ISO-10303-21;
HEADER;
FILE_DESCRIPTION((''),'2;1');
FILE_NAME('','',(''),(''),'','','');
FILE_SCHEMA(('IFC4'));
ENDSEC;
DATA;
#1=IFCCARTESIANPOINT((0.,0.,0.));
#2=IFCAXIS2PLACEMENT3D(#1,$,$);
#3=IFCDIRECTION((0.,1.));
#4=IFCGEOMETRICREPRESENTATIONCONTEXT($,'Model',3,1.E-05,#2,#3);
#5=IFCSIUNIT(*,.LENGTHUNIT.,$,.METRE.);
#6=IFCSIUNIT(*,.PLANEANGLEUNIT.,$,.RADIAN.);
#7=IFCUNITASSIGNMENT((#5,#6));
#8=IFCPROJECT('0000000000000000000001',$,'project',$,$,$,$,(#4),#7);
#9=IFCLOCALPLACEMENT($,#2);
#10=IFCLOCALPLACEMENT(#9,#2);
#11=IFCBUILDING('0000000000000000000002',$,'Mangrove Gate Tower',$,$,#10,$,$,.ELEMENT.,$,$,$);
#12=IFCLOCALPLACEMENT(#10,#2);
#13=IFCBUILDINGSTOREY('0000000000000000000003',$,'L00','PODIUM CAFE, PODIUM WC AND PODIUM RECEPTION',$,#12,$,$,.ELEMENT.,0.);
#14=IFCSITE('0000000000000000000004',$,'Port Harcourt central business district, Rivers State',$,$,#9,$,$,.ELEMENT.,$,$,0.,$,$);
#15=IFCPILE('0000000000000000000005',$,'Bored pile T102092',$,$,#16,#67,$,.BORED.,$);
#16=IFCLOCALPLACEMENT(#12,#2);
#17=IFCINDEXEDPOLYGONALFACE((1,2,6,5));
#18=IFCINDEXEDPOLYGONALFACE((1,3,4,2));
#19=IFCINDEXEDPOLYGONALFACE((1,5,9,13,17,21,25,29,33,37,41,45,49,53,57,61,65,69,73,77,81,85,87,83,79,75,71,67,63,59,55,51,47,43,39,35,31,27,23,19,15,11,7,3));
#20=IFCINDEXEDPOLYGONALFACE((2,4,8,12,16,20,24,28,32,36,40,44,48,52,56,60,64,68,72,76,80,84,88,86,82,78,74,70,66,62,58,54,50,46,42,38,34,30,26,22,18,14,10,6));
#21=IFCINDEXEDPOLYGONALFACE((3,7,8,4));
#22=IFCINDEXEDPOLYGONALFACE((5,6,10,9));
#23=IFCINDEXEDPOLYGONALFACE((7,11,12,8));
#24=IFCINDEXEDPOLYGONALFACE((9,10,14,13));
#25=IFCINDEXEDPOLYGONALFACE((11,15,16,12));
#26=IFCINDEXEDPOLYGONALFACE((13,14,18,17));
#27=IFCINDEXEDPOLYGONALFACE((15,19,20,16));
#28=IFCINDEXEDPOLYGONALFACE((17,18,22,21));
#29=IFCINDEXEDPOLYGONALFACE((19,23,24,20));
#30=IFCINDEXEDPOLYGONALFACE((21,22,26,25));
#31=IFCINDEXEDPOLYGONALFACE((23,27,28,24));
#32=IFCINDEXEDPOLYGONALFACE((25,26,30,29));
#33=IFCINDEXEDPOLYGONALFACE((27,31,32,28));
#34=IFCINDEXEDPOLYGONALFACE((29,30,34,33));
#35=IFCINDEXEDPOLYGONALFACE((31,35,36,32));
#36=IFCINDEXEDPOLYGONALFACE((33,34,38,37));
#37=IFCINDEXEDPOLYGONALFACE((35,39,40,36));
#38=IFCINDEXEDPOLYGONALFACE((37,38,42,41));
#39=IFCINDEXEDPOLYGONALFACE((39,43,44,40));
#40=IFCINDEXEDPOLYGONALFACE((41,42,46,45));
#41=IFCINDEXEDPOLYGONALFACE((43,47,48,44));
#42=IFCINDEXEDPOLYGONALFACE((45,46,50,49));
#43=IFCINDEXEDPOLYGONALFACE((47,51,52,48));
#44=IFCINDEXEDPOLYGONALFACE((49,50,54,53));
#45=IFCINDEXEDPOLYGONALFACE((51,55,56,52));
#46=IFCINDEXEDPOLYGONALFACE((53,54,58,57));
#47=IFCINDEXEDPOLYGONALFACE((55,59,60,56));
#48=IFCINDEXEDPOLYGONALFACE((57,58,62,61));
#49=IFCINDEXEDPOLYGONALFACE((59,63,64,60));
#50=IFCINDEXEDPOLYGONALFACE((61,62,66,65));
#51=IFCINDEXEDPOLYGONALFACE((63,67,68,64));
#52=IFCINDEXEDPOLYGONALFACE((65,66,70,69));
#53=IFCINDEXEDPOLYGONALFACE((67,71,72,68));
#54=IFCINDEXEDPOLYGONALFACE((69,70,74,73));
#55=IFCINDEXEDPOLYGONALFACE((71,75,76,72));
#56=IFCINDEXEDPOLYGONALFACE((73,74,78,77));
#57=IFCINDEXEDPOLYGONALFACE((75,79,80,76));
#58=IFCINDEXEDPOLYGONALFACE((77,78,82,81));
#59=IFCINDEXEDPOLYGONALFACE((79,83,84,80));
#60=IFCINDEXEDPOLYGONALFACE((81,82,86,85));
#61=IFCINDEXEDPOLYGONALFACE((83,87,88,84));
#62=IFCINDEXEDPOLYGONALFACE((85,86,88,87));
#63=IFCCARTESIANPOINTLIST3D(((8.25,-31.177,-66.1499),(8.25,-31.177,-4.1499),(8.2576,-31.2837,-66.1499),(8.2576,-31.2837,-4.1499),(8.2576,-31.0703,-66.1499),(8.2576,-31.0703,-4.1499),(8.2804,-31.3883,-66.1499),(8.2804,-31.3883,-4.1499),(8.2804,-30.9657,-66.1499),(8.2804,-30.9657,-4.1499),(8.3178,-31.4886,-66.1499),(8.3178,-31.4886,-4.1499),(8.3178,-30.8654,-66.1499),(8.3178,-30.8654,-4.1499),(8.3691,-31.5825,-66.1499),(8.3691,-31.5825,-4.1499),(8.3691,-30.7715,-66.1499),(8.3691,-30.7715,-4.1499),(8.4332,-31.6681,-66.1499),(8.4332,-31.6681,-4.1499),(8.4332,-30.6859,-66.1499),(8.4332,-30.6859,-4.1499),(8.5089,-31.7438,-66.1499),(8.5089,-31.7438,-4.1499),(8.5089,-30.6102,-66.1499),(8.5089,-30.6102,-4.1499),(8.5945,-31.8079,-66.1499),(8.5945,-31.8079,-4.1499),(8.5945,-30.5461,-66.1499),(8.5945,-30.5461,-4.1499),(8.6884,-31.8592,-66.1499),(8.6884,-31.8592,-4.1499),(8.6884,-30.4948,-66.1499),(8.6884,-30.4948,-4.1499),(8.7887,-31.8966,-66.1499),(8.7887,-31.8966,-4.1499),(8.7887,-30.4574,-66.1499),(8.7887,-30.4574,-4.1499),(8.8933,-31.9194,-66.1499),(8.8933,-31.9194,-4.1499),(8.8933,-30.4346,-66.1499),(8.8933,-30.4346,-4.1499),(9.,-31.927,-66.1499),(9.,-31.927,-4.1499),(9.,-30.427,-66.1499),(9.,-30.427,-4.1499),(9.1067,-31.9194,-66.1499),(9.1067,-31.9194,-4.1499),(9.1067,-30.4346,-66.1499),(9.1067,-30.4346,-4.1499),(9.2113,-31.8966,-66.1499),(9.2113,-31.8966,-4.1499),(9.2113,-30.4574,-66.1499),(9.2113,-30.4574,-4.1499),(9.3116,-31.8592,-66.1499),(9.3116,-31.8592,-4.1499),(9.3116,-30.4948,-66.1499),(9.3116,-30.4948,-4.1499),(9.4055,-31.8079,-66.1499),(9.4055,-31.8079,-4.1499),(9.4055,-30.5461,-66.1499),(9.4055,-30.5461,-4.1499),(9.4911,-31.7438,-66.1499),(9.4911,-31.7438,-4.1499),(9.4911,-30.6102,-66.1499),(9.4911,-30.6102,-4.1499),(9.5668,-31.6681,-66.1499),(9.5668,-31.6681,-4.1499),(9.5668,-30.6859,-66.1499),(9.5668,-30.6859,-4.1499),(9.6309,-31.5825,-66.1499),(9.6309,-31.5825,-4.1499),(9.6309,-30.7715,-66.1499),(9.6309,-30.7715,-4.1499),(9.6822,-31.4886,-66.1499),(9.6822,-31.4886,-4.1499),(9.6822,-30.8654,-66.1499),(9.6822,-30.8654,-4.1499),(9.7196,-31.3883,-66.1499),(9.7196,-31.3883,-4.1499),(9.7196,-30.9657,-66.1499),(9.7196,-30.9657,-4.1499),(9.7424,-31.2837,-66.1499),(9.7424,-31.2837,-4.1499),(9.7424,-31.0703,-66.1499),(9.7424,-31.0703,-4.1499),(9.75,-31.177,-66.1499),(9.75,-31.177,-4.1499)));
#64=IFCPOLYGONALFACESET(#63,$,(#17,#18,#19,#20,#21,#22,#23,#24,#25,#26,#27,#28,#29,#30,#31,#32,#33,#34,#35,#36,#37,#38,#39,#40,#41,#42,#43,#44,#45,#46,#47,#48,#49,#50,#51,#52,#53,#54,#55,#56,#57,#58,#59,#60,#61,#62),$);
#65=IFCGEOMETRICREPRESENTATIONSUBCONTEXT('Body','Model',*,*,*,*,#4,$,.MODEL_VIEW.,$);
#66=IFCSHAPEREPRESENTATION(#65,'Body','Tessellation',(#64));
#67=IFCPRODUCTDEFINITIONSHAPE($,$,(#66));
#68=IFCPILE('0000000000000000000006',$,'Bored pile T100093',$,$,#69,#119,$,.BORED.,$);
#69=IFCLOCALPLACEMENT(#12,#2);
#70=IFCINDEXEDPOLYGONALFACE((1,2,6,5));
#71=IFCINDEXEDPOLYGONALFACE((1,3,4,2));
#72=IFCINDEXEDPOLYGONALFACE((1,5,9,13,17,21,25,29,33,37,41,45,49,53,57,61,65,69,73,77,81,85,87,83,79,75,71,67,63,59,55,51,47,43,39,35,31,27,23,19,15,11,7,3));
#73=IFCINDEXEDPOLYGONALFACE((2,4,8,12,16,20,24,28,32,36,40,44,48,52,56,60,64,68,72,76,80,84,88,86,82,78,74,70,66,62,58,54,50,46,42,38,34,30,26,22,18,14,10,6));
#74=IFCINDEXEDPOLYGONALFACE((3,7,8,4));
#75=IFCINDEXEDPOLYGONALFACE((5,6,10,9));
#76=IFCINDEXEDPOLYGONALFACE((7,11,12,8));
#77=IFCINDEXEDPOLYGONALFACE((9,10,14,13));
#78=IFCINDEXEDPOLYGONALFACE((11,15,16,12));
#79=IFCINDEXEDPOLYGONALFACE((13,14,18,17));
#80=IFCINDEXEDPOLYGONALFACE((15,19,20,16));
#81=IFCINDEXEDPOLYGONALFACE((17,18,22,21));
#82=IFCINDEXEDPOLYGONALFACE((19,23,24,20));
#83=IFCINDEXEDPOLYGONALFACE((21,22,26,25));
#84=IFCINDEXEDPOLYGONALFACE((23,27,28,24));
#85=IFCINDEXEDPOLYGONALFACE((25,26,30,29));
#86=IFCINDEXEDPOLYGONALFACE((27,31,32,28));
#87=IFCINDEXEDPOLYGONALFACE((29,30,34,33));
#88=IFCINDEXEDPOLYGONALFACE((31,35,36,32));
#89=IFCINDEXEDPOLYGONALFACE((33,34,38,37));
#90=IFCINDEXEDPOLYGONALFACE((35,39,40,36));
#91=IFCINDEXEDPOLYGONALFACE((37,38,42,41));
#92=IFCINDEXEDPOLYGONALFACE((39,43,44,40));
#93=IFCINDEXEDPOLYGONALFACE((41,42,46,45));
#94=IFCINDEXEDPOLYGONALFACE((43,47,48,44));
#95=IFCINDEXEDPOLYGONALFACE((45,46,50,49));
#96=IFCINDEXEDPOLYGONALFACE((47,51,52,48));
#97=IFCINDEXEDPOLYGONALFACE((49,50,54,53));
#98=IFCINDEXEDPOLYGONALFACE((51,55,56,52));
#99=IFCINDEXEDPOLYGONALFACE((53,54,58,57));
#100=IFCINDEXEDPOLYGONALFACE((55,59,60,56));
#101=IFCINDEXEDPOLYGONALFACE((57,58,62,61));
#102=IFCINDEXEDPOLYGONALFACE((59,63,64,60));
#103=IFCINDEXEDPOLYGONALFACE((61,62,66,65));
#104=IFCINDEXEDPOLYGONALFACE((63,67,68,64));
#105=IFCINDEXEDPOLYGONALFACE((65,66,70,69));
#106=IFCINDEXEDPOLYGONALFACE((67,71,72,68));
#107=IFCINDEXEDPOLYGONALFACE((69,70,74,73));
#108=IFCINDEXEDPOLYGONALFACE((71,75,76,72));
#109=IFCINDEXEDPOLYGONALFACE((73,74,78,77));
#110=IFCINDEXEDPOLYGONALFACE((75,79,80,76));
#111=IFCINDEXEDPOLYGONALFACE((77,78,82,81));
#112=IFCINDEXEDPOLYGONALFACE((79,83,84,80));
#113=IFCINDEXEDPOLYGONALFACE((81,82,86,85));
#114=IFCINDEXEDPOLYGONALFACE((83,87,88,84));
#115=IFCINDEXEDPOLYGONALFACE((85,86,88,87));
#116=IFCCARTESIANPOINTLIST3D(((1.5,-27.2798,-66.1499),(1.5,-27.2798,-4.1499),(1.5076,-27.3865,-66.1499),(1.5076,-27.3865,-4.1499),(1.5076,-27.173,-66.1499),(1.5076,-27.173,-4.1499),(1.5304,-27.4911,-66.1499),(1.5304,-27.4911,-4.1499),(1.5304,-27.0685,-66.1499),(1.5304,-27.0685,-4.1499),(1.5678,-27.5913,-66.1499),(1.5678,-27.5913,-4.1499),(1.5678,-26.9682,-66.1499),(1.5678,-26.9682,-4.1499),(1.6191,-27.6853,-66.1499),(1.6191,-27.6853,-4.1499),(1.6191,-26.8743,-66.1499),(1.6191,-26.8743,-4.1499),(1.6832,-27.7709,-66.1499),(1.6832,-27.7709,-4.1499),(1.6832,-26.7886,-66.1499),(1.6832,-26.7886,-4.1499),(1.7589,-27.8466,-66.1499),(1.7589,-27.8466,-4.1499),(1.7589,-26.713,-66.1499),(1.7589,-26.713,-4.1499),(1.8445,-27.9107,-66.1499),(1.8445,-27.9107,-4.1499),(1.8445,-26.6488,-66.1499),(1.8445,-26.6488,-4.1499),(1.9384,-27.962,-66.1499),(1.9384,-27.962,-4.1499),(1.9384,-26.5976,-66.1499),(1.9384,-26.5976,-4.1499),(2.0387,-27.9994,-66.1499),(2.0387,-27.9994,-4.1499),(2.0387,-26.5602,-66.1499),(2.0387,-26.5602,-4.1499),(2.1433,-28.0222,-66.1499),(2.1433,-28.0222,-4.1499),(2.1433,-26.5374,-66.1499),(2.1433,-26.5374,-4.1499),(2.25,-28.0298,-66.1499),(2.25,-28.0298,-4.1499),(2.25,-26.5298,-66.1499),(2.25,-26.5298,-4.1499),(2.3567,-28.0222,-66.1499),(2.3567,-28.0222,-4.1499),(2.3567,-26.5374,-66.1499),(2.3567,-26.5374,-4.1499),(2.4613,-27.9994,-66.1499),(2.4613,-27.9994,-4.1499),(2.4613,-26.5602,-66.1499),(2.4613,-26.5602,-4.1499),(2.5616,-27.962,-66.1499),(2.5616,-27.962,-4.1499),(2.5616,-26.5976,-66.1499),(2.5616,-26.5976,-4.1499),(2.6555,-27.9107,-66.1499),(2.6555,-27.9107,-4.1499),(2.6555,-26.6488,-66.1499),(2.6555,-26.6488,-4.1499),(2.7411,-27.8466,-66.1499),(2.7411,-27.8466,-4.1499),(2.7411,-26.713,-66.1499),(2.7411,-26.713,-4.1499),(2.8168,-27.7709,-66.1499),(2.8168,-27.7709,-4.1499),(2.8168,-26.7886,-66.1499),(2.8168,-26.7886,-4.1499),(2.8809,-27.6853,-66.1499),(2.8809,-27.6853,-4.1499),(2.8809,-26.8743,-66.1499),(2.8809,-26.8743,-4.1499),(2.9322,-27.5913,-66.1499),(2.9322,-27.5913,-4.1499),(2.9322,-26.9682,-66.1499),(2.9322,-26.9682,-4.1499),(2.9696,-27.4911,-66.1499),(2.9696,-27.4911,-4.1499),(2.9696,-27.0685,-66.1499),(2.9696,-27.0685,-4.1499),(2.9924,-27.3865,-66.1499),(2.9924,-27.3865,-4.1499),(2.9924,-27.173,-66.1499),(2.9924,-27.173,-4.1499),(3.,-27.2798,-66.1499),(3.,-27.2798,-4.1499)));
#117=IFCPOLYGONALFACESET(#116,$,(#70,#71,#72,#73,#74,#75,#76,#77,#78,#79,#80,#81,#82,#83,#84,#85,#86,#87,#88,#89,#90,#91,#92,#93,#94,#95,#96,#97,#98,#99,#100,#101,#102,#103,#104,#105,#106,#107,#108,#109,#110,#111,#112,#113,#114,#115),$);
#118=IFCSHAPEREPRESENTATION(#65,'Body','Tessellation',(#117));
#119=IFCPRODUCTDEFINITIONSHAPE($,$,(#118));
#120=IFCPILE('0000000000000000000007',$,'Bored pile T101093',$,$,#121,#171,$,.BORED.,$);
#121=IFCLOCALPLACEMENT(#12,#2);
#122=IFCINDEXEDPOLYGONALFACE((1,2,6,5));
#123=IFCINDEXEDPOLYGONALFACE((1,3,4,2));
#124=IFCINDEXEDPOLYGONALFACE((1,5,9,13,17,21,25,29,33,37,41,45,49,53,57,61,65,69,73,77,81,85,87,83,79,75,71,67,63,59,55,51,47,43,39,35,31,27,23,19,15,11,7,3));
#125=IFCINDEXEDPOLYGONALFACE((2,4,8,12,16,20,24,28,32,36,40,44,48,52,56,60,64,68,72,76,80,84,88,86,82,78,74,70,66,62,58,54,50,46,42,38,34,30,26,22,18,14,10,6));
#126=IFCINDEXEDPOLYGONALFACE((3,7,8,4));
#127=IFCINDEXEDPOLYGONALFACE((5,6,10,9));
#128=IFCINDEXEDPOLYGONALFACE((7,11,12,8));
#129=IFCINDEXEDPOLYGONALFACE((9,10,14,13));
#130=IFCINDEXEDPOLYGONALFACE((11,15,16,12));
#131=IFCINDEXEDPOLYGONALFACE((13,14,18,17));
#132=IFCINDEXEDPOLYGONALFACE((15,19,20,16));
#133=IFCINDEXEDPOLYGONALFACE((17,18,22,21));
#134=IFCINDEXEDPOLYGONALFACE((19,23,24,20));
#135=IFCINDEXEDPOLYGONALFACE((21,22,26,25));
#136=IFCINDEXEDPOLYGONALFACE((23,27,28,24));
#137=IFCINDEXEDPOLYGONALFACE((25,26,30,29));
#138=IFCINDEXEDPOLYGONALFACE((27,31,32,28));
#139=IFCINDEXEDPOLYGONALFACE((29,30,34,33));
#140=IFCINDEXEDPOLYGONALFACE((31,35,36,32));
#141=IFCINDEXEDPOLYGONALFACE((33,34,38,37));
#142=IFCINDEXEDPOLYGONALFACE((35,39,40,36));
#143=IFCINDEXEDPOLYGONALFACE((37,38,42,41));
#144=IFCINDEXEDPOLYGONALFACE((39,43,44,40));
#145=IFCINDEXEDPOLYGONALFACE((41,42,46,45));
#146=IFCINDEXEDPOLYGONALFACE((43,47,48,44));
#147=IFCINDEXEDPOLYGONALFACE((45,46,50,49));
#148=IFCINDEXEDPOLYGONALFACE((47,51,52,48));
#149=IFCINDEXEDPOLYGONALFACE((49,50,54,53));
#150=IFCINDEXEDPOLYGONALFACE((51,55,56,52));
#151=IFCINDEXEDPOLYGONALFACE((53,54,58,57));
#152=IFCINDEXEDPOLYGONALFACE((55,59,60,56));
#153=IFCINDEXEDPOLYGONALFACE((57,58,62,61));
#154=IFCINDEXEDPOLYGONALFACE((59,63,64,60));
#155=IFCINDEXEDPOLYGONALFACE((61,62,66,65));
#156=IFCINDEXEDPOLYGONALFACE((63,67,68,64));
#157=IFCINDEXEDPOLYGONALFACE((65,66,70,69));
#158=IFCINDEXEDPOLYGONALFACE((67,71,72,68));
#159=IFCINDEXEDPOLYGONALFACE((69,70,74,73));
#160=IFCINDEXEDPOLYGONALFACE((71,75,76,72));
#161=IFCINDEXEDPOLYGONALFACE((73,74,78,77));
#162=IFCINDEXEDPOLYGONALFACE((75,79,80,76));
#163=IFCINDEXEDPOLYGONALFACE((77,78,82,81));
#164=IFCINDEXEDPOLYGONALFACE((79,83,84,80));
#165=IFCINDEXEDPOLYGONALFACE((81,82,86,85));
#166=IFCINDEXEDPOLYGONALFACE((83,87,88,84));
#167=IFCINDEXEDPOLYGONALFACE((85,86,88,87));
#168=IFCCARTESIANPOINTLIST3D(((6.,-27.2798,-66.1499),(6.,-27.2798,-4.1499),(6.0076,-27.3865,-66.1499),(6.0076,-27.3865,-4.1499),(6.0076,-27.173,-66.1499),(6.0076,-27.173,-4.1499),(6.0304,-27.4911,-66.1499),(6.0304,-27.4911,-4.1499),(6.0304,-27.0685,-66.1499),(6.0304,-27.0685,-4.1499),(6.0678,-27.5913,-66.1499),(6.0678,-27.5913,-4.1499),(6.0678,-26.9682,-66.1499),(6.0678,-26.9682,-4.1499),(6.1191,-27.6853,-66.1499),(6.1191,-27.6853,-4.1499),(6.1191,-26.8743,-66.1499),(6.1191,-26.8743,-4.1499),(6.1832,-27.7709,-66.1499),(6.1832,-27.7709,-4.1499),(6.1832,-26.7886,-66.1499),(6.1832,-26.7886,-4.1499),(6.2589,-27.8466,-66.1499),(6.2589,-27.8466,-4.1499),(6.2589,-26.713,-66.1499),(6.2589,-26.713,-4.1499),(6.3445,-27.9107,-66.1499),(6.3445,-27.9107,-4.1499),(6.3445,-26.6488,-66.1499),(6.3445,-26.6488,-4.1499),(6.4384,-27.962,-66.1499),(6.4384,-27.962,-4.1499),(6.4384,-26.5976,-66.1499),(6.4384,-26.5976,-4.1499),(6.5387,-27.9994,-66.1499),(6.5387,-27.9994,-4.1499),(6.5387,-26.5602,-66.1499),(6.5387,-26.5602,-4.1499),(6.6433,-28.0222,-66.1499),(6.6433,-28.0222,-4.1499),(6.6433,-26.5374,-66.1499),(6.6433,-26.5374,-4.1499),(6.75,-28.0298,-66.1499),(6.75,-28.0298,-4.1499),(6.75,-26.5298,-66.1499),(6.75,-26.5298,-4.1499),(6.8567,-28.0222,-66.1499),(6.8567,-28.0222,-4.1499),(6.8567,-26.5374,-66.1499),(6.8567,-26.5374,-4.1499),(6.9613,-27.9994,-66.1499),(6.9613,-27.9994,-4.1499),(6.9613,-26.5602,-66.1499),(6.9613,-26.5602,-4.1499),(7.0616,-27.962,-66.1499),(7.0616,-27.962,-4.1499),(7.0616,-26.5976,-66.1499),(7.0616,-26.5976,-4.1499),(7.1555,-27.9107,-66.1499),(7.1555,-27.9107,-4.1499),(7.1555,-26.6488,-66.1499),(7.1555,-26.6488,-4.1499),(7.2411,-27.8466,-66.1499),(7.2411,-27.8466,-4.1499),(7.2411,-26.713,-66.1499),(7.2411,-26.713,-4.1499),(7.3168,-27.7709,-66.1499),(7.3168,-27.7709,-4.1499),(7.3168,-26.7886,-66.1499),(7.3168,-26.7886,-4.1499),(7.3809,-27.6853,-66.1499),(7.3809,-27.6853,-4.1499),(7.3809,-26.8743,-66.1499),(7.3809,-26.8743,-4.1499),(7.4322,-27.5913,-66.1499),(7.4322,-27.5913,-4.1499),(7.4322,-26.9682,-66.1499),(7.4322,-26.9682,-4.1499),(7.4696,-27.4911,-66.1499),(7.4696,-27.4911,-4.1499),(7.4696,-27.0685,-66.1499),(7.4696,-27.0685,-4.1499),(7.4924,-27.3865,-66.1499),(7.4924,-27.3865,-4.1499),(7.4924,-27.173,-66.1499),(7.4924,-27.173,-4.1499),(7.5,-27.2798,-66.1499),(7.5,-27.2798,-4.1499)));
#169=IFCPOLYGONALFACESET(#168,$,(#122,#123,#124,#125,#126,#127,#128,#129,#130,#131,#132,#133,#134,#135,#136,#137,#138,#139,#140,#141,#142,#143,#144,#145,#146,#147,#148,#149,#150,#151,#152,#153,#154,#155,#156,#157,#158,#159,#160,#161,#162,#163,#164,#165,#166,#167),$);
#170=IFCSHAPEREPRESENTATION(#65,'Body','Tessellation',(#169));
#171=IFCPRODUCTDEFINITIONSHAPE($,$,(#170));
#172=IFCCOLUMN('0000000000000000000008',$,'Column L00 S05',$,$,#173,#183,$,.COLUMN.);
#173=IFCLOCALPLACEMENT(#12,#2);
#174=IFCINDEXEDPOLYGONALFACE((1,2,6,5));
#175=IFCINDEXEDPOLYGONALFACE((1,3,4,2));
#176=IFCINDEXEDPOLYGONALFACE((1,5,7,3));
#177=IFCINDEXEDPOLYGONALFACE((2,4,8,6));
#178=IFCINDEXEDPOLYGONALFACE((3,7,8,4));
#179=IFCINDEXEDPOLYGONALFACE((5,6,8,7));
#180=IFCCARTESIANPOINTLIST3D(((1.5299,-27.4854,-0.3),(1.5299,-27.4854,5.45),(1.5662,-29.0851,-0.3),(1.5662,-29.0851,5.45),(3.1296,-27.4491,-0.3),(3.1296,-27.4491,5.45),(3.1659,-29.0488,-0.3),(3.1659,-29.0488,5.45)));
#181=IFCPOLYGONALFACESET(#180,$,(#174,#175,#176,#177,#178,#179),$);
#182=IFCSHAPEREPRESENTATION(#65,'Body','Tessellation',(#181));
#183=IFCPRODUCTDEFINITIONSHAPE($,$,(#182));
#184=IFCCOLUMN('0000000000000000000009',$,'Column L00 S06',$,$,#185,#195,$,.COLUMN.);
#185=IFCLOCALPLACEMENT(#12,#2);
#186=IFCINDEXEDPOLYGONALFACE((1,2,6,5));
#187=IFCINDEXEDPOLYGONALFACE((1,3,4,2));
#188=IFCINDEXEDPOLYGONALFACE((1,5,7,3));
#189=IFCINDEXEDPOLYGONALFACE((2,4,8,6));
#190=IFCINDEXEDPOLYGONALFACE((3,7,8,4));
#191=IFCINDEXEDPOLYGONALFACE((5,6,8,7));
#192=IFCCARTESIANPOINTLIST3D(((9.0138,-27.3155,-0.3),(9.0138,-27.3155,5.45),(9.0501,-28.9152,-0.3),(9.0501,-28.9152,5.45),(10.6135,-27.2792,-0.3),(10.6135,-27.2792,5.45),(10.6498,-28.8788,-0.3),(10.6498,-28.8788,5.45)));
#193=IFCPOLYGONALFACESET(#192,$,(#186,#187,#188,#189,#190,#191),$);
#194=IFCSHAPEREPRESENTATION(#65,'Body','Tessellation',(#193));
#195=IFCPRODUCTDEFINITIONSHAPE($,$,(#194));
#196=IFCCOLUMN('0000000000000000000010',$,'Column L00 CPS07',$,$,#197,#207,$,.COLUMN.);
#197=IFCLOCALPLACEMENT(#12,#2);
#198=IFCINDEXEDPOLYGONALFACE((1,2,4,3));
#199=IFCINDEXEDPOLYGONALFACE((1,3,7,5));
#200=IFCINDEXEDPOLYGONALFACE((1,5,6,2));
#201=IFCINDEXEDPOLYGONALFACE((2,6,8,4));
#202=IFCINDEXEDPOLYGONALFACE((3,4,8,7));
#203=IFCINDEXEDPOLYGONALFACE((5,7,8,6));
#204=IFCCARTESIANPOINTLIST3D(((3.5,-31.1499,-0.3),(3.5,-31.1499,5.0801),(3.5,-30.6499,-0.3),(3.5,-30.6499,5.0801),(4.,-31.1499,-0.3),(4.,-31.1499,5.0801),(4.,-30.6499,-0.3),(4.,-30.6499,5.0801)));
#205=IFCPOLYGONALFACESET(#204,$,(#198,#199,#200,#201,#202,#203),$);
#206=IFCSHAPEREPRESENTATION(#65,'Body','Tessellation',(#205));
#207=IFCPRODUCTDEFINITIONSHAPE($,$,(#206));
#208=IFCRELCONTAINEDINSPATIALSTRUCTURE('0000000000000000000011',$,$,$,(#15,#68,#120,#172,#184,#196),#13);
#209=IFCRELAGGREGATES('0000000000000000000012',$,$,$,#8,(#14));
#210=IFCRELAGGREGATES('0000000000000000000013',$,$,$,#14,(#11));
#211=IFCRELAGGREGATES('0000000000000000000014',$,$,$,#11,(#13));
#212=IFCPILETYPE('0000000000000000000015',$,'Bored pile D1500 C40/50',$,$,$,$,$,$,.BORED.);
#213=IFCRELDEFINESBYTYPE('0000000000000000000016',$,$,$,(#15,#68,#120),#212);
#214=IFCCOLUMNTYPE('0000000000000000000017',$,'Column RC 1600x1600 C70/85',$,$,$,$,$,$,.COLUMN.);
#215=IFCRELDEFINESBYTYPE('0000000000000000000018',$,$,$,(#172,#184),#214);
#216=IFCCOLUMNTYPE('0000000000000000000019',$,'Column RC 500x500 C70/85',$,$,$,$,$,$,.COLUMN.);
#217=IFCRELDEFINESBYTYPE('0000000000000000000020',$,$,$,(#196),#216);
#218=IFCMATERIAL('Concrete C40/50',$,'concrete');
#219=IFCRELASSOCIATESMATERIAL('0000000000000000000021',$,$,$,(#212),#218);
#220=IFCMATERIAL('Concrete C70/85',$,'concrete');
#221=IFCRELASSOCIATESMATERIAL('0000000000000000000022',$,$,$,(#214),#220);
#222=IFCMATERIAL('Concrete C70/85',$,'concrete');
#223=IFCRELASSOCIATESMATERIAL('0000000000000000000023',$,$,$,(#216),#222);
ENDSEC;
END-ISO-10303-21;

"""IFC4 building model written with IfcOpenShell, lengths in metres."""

from ifc_helpers import new_model, si_unit, direction, frame, origin, origin_2d, place, context, subcontext, project, spatial, rectangle, circle, extrude, material, material_profile, profile_set, type_object, element, save


model = new_model("IFC4")

# Units and contexts
model_context = context("Model", 3, precision=1e-05, world=origin(), true_north=direction((0.0, 1.0)))
body_context = subcontext(model_context, "Body", "Model", "MODEL_VIEW")
ifc_project = project(units=[si_unit("LENGTHUNIT", "METRE"), si_unit("PLANEANGLEUNIT", "RADIAN")], contexts=[model_context])

# Site, building, storey
site_placement = place(None, origin())
site = spatial("IfcSite", under=ifc_project, at=site_placement, Name="Port Harcourt central business district, Rivers State", CompositionType="ELEMENT", RefElevation=0.0)
building_placement = place(site_placement, origin())
building = spatial("IfcBuilding", under=site, at=building_placement, Name="Mangrove Gate Tower", CompositionType="ELEMENT")
storey_placement = place(building_placement, origin())
storey = spatial("IfcBuildingStorey", under=building, at=storey_placement, Name="L00", Description="PODIUM CAFE, PODIUM WC AND PODIUM RECEPTION", CompositionType="ELEMENT", Elevation=0.0)

# Piles
ifc_material_1 = material(Name="Concrete C40/50", Category="concrete")
ifc_material_profile_1 = material_profile(ifc_material_1, circle(Radius=0.75, at=origin_2d()))
ifc_profile_set_1 = profile_set([ifc_material_profile_1], Name="Concrete C40/50")
pile_type = type_object("IfcPileType", Name="Bored pile D1500 C40/50", PredefinedType="BORED", material=ifc_profile_set_1)
for number, where, z_axis, x_axis, name in (
    (1, (9.0, -31.177, -4.1499), (0.0, 0.0, -1.0), (1.0, 0.0, 0.0), "Bored pile T102092"),
    (2, (2.25, -27.2798, -4.1499), (0.0, 0.0, -1.0), (1.0, 0.0, 0.0), "Bored pile T100093"),
    (3, (6.75, -27.2798, -4.1499), (0.0, 0.0, -1.0), (1.0, 0.0, 0.0), "Bored pile T101093"),
):
    element("IfcPile", number, at=place(storey_placement, frame(where, z_axis=z_axis, x_axis=x_axis)), inside=storey, type_object=pile_type, Name=name, PredefinedType="BORED", context=body_context, shape_type="SweptSolid", body=[
        extrude(circle(Radius=0.75, at=origin_2d()), origin(), (0.0, 0.0, 1.0), 62.0),
    ])

# Columns
ifc_material_2 = material(Name="Concrete C70/85", Category="concrete")
ifc_material_profile_2 = material_profile(ifc_material_2, rectangle(XDim=1.6001, YDim=1.6001, at=origin_2d()))
ifc_profile_set_2 = profile_set([ifc_material_profile_2], Name="Concrete C70/85")
column_type_1 = type_object("IfcColumnType", Name="Column RC 1600x1600 C70/85", PredefinedType="COLUMN", material=ifc_profile_set_2)
for number, where, z_axis, x_axis, name in (
    (4, (2.3479, -28.2671, -0.3), (0.0, 0.0, 1.0), (0.999742, 0.022709, 0.0), "Column L00 S05"),
    (5, (9.8318, -28.0972, -0.3), (0.0, 0.0, 1.0), (0.999742, 0.022711, 0.0), "Column L00 S06"),
):
    element("IfcColumn", number, at=place(storey_placement, frame(where, z_axis=z_axis, x_axis=x_axis)), inside=storey, type_object=column_type_1, Name=name, PredefinedType="COLUMN", context=body_context, shape_type="SweptSolid", body=[
        extrude(rectangle(XDim=1.6001, YDim=1.6001, at=origin_2d()), origin(), (0.0, 0.0, 1.0), 5.75),
    ])
ifc_material_3 = material(Name="Concrete C70/85", Category="concrete")
ifc_material_profile_3 = material_profile(ifc_material_3, rectangle(XDim=0.5, YDim=0.5, at=origin_2d()))
ifc_profile_set_3 = profile_set([ifc_material_profile_3], Name="Concrete C70/85")
column_type_2 = type_object("IfcColumnType", Name="Column RC 500x500 C70/85", PredefinedType="COLUMN", material=ifc_profile_set_3)
column_1_placement = place(storey_placement, frame((3.75, -30.8999, -0.3), z_axis=(0.0, 0.0, 1.0), x_axis=(1.0, 0.0, 0.0)))
element("IfcColumn", 6, at=column_1_placement, inside=storey, type_object=column_type_2, Name="Column L00 CPS07", PredefinedType="COLUMN", context=body_context, shape_type="SweptSolid", body=[
    extrude(rectangle(XDim=0.5, YDim=0.5, at=origin_2d()), origin(), (0.0, 0.0, 1.0), 5.3801),
])

save(model, "model.ifc")
